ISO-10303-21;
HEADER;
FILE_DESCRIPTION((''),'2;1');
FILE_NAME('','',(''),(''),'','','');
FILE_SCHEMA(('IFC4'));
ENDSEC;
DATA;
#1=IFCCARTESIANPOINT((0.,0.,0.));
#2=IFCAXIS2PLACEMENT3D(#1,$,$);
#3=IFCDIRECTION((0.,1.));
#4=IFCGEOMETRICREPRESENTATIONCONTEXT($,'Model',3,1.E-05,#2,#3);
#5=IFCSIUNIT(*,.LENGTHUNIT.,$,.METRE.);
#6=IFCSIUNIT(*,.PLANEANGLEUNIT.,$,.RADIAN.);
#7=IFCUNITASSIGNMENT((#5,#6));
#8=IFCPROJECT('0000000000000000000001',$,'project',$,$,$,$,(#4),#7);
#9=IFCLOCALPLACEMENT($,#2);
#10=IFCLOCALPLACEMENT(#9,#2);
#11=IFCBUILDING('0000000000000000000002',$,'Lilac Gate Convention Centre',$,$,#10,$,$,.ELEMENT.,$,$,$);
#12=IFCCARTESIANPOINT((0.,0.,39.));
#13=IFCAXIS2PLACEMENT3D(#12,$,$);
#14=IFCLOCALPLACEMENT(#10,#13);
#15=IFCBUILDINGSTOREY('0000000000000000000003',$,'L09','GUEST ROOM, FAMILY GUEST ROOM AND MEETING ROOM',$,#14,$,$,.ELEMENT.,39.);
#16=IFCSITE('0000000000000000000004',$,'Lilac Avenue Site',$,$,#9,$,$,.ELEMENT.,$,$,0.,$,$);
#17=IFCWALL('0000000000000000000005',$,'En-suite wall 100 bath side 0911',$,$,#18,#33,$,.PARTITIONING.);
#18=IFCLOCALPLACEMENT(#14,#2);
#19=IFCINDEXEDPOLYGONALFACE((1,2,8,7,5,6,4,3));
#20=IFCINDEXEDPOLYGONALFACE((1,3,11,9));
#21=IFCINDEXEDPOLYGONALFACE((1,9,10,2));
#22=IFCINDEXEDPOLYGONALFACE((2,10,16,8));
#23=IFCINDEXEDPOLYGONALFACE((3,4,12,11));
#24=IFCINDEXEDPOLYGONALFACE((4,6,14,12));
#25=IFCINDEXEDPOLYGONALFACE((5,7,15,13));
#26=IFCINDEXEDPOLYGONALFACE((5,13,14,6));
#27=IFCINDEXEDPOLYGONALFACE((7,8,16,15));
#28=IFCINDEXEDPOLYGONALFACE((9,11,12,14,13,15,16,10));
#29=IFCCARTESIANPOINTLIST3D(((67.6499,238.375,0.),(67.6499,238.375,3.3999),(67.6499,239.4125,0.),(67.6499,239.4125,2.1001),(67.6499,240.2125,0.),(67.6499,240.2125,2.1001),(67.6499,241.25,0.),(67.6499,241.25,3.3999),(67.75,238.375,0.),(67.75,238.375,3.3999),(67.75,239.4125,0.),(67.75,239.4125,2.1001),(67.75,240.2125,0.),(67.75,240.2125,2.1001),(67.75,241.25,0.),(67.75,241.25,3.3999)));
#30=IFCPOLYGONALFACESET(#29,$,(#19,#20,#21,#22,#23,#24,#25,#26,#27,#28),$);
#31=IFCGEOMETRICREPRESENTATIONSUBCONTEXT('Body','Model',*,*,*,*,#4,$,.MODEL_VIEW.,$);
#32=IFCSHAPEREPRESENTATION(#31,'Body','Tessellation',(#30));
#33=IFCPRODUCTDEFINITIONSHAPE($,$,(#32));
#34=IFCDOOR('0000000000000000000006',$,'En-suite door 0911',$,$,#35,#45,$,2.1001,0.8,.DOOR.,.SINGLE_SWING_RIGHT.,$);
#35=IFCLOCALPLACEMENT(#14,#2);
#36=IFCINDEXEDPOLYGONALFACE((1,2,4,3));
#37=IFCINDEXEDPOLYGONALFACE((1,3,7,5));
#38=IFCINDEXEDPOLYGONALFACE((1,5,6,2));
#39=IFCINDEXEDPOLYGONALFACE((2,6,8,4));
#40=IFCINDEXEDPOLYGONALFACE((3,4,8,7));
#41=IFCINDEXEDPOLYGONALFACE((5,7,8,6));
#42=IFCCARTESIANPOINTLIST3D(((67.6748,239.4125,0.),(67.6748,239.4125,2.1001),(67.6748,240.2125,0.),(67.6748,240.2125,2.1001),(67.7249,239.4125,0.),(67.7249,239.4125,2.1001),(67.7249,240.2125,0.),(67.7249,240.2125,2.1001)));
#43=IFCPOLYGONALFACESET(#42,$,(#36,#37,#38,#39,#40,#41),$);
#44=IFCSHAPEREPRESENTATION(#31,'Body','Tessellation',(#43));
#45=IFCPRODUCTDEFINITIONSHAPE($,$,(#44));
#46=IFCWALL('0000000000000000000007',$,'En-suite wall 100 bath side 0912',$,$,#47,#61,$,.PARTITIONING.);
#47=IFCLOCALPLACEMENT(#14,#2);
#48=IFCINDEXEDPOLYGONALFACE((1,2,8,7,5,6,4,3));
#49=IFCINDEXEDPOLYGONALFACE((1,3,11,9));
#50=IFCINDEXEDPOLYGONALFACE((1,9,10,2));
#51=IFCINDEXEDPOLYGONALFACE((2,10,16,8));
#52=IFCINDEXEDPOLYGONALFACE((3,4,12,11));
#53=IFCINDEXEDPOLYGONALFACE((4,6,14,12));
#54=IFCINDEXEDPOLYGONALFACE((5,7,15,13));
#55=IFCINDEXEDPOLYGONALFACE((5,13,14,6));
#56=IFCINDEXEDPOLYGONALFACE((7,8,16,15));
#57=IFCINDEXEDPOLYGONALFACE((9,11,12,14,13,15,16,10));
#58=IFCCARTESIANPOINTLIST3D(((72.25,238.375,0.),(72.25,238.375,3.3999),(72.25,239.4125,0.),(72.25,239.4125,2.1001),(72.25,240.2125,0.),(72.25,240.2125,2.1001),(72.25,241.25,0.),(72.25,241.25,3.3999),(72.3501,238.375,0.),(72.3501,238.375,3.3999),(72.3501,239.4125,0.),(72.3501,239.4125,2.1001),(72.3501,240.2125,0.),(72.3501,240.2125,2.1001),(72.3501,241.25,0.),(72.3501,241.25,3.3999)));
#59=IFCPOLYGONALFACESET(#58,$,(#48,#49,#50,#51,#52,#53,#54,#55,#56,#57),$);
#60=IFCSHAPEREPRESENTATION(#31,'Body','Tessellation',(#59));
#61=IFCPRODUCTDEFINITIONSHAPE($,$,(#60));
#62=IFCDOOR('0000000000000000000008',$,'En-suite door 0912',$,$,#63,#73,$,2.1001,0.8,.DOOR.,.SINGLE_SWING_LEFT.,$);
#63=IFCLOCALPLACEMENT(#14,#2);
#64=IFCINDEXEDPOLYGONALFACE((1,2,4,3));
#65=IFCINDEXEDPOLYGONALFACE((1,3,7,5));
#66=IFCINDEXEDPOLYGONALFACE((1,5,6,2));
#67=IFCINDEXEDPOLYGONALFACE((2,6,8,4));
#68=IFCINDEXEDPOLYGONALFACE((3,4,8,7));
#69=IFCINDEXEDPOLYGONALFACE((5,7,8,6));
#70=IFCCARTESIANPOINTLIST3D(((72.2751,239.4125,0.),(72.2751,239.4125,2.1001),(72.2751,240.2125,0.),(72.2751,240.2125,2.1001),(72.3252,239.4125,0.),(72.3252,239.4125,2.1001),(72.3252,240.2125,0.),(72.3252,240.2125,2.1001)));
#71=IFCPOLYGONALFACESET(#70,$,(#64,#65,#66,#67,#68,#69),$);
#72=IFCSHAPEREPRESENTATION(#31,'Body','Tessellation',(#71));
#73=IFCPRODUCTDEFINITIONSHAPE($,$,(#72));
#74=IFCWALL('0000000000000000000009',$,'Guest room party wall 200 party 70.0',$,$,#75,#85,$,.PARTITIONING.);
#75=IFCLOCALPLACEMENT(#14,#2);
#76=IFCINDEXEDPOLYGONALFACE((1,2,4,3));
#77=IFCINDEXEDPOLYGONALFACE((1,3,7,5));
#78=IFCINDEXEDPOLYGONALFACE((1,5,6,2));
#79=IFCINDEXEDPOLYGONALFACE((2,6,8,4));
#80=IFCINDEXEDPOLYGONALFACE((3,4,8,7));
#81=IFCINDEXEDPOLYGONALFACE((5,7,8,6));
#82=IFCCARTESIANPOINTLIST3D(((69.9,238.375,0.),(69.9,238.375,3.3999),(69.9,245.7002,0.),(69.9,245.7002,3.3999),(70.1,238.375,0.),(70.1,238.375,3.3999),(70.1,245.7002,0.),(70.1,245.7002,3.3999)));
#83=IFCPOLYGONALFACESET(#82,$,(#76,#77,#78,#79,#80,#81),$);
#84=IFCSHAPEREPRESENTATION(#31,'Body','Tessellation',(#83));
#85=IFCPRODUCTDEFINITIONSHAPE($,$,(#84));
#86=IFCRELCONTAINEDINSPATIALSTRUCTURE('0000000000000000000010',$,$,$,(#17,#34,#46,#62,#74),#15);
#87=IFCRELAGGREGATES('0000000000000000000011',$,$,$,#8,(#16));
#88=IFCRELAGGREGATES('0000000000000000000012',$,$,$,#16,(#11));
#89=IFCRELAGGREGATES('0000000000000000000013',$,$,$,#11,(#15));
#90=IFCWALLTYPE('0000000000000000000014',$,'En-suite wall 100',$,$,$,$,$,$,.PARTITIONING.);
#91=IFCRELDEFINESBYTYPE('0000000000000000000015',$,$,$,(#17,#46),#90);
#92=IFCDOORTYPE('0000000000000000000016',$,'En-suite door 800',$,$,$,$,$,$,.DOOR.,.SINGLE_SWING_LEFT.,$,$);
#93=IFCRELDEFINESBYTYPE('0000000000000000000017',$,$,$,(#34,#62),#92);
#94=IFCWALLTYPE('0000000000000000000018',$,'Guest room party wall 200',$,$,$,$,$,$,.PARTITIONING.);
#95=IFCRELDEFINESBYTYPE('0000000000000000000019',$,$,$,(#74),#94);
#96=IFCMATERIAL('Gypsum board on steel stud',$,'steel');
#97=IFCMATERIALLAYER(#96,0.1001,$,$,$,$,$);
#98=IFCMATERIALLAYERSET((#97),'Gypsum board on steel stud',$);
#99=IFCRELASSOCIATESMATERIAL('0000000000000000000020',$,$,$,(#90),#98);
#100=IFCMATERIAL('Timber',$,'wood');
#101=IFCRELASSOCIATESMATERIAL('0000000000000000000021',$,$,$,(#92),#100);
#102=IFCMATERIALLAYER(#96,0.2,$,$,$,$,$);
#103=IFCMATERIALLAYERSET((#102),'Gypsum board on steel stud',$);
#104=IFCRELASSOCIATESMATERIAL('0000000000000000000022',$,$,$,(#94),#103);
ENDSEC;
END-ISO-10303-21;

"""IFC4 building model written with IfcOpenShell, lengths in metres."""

from ifc_helpers import new_model, si_unit, direction, frame, frame_2d, origin, place, context, subcontext, project, spatial, rectangle, extrude, material, layer, layer_set, type_object, element, fill, save


model = new_model("IFC4")

# Units and contexts
model_context = context("Model", 3, precision=1e-05, world=origin(), true_north=direction((0.0, 1.0)))
body_context = subcontext(model_context, "Body", "Model", "MODEL_VIEW")
ifc_project = project(units=[si_unit("LENGTHUNIT", "METRE"), si_unit("PLANEANGLEUNIT", "RADIAN")], contexts=[model_context])

# Site, building, storey
site_placement = place(None, origin())
site = spatial("IfcSite", under=ifc_project, at=site_placement, Name="Lilac Avenue Site", CompositionType="ELEMENT", RefElevation=0.0)
building_placement = place(site_placement, origin())
building = spatial("IfcBuilding", under=site, at=building_placement, Name="Lilac Gate Convention Centre", CompositionType="ELEMENT")
storey_placement = place(building_placement, frame((0.0, 0.0, 39.0)))
storey = spatial("IfcBuildingStorey", under=building, at=storey_placement, Name="L09", Description="GUEST ROOM, FAMILY GUEST ROOM AND MEETING ROOM", CompositionType="ELEMENT", Elevation=39.0)

# Shared definitions
ifc_material_1 = material(Name="Gypsum board on steel stud", Category="steel")
ifc_material_2 = material(Name="Timber", Category="wood")

# Shared definitions
ifc_layer_1 = layer(ifc_material_1, 0.1001)
ifc_layer_set_1 = layer_set([ifc_layer_1], Name="Gypsum board on steel stud")
wall_type_1 = type_object("IfcWallType", Name="En-suite wall 100", PredefinedType="PARTITIONING", material=ifc_layer_set_1)

# Walls, openings, doors
wall_1_placement = place(storey_placement, frame((67.7, 241.25, 0.0), z_axis=(0.0, 0.0, 1.0), x_axis=(0.0, -1.0, 0.0)))
wall_1 = element("IfcWall", 1, at=wall_1_placement, inside=storey, type_object=wall_type_1, Name="En-suite wall 100 bath side 0911", PredefinedType="PARTITIONING", context=body_context, shape_type="SweptSolid", body=[
    extrude(rectangle(XDim=2.875, YDim=0.1001, at=frame_2d((1.4375, 0.0))), origin(), (0.0, 0.0, 1.0), 3.3999),
])
opening_1_placement = place(wall_1_placement, frame((1.0376, 0.0, 0.0)))
opening_1 = element("IfcOpeningElement", 2, at=opening_1_placement, cuts=wall_1, PredefinedType="OPENING", context=body_context, shape_type="SweptSolid", body=[
    extrude(rectangle(XDim=0.8, YDim=2.1001, at=frame_2d((0.3999, 1.05))), frame((0.0, 0.0601, 0.0), z_axis=(0.0, -1.0, 0.0), x_axis=(1.0, 0.0, 0.0)), (0.0, 0.0, 1.0), 0.1201),
])
door_type_1 = type_object("IfcDoorType", Name="En-suite door 800", OperationType="SINGLE_SWING_LEFT", PredefinedType="DOOR", material=ifc_material_2)
door_1_placement = place(opening_1_placement, origin())
door_1 = element("IfcDoor", 3, at=door_1_placement, inside=storey, type_object=door_type_1, Name="En-suite door 0911", OperationType="SINGLE_SWING_RIGHT", OverallHeight=2.1001, OverallWidth=0.8, PredefinedType="DOOR", context=body_context, shape_type="SweptSolid", body=[
    extrude(rectangle(XDim=0.8, YDim=2.1001, at=frame_2d((0.3999, 1.05))), frame((0.0, 0.0249, 0.0), z_axis=(0.0, -1.0, 0.0), x_axis=(1.0, 0.0, 0.0)), (0.0, 0.0, 1.0), 0.05),
])
fill(opening_1, door_1)
wall_2_placement = place(storey_placement, frame((72.3, 238.375, 0.0), z_axis=(0.0, 0.0, 1.0), x_axis=(0.0, 1.0, 0.0)))
wall_2 = element("IfcWall", 4, at=wall_2_placement, inside=storey, type_object=wall_type_1, Name="En-suite wall 100 bath side 0912", PredefinedType="PARTITIONING", context=body_context, shape_type="SweptSolid", body=[
    extrude(rectangle(XDim=2.875, YDim=0.1001, at=frame_2d((1.4375, 0.0))), origin(), (0.0, 0.0, 1.0), 3.3999),
])
opening_2_placement = place(wall_2_placement, frame((1.0376, 0.0, 0.0)))
opening_2 = element("IfcOpeningElement", 5, at=opening_2_placement, cuts=wall_2, PredefinedType="OPENING", context=body_context, shape_type="SweptSolid", body=[
    extrude(rectangle(XDim=0.8, YDim=2.1001, at=frame_2d((0.3999, 1.05))), frame((0.0, 0.0601, 0.0), z_axis=(0.0, -1.0, 0.0), x_axis=(1.0, 0.0, 0.0)), (0.0, 0.0, 1.0), 0.1201),
])
door_2_placement = place(opening_2_placement, origin())
door_2 = element("IfcDoor", 6, at=door_2_placement, inside=storey, type_object=door_type_1, Name="En-suite door 0912", OperationType="SINGLE_SWING_LEFT", OverallHeight=2.1001, OverallWidth=0.8, PredefinedType="DOOR", context=body_context, shape_type="SweptSolid", body=[
    extrude(rectangle(XDim=0.8, YDim=2.1001, at=frame_2d((0.3999, 1.05))), frame((0.0, 0.0249, 0.0), z_axis=(0.0, -1.0, 0.0), x_axis=(1.0, 0.0, 0.0)), (0.0, 0.0, 1.0), 0.05),
])
fill(opening_2, door_2)

# Wall
ifc_layer_2 = layer(ifc_material_1, 0.2)
ifc_layer_set_2 = layer_set([ifc_layer_2], Name="Gypsum board on steel stud")
wall_type_2 = type_object("IfcWallType", Name="Guest room party wall 200", PredefinedType="PARTITIONING", material=ifc_layer_set_2)
wall_3_placement = place(storey_placement, frame((70.0, 245.7002, 0.0), z_axis=(0.0, 0.0, 1.0), x_axis=(0.0, -1.0, 0.0)))
element("IfcWall", 7, at=wall_3_placement, inside=storey, type_object=wall_type_2, Name="Guest room party wall 200 party 70.0", PredefinedType="PARTITIONING", context=body_context, shape_type="SweptSolid", body=[
    extrude(rectangle(XDim=7.3252, YDim=0.2, at=frame_2d((3.6626, 0.0))), origin(), (0.0, 0.0, 1.0), 3.3999),
])

save(model, "model.ifc")
